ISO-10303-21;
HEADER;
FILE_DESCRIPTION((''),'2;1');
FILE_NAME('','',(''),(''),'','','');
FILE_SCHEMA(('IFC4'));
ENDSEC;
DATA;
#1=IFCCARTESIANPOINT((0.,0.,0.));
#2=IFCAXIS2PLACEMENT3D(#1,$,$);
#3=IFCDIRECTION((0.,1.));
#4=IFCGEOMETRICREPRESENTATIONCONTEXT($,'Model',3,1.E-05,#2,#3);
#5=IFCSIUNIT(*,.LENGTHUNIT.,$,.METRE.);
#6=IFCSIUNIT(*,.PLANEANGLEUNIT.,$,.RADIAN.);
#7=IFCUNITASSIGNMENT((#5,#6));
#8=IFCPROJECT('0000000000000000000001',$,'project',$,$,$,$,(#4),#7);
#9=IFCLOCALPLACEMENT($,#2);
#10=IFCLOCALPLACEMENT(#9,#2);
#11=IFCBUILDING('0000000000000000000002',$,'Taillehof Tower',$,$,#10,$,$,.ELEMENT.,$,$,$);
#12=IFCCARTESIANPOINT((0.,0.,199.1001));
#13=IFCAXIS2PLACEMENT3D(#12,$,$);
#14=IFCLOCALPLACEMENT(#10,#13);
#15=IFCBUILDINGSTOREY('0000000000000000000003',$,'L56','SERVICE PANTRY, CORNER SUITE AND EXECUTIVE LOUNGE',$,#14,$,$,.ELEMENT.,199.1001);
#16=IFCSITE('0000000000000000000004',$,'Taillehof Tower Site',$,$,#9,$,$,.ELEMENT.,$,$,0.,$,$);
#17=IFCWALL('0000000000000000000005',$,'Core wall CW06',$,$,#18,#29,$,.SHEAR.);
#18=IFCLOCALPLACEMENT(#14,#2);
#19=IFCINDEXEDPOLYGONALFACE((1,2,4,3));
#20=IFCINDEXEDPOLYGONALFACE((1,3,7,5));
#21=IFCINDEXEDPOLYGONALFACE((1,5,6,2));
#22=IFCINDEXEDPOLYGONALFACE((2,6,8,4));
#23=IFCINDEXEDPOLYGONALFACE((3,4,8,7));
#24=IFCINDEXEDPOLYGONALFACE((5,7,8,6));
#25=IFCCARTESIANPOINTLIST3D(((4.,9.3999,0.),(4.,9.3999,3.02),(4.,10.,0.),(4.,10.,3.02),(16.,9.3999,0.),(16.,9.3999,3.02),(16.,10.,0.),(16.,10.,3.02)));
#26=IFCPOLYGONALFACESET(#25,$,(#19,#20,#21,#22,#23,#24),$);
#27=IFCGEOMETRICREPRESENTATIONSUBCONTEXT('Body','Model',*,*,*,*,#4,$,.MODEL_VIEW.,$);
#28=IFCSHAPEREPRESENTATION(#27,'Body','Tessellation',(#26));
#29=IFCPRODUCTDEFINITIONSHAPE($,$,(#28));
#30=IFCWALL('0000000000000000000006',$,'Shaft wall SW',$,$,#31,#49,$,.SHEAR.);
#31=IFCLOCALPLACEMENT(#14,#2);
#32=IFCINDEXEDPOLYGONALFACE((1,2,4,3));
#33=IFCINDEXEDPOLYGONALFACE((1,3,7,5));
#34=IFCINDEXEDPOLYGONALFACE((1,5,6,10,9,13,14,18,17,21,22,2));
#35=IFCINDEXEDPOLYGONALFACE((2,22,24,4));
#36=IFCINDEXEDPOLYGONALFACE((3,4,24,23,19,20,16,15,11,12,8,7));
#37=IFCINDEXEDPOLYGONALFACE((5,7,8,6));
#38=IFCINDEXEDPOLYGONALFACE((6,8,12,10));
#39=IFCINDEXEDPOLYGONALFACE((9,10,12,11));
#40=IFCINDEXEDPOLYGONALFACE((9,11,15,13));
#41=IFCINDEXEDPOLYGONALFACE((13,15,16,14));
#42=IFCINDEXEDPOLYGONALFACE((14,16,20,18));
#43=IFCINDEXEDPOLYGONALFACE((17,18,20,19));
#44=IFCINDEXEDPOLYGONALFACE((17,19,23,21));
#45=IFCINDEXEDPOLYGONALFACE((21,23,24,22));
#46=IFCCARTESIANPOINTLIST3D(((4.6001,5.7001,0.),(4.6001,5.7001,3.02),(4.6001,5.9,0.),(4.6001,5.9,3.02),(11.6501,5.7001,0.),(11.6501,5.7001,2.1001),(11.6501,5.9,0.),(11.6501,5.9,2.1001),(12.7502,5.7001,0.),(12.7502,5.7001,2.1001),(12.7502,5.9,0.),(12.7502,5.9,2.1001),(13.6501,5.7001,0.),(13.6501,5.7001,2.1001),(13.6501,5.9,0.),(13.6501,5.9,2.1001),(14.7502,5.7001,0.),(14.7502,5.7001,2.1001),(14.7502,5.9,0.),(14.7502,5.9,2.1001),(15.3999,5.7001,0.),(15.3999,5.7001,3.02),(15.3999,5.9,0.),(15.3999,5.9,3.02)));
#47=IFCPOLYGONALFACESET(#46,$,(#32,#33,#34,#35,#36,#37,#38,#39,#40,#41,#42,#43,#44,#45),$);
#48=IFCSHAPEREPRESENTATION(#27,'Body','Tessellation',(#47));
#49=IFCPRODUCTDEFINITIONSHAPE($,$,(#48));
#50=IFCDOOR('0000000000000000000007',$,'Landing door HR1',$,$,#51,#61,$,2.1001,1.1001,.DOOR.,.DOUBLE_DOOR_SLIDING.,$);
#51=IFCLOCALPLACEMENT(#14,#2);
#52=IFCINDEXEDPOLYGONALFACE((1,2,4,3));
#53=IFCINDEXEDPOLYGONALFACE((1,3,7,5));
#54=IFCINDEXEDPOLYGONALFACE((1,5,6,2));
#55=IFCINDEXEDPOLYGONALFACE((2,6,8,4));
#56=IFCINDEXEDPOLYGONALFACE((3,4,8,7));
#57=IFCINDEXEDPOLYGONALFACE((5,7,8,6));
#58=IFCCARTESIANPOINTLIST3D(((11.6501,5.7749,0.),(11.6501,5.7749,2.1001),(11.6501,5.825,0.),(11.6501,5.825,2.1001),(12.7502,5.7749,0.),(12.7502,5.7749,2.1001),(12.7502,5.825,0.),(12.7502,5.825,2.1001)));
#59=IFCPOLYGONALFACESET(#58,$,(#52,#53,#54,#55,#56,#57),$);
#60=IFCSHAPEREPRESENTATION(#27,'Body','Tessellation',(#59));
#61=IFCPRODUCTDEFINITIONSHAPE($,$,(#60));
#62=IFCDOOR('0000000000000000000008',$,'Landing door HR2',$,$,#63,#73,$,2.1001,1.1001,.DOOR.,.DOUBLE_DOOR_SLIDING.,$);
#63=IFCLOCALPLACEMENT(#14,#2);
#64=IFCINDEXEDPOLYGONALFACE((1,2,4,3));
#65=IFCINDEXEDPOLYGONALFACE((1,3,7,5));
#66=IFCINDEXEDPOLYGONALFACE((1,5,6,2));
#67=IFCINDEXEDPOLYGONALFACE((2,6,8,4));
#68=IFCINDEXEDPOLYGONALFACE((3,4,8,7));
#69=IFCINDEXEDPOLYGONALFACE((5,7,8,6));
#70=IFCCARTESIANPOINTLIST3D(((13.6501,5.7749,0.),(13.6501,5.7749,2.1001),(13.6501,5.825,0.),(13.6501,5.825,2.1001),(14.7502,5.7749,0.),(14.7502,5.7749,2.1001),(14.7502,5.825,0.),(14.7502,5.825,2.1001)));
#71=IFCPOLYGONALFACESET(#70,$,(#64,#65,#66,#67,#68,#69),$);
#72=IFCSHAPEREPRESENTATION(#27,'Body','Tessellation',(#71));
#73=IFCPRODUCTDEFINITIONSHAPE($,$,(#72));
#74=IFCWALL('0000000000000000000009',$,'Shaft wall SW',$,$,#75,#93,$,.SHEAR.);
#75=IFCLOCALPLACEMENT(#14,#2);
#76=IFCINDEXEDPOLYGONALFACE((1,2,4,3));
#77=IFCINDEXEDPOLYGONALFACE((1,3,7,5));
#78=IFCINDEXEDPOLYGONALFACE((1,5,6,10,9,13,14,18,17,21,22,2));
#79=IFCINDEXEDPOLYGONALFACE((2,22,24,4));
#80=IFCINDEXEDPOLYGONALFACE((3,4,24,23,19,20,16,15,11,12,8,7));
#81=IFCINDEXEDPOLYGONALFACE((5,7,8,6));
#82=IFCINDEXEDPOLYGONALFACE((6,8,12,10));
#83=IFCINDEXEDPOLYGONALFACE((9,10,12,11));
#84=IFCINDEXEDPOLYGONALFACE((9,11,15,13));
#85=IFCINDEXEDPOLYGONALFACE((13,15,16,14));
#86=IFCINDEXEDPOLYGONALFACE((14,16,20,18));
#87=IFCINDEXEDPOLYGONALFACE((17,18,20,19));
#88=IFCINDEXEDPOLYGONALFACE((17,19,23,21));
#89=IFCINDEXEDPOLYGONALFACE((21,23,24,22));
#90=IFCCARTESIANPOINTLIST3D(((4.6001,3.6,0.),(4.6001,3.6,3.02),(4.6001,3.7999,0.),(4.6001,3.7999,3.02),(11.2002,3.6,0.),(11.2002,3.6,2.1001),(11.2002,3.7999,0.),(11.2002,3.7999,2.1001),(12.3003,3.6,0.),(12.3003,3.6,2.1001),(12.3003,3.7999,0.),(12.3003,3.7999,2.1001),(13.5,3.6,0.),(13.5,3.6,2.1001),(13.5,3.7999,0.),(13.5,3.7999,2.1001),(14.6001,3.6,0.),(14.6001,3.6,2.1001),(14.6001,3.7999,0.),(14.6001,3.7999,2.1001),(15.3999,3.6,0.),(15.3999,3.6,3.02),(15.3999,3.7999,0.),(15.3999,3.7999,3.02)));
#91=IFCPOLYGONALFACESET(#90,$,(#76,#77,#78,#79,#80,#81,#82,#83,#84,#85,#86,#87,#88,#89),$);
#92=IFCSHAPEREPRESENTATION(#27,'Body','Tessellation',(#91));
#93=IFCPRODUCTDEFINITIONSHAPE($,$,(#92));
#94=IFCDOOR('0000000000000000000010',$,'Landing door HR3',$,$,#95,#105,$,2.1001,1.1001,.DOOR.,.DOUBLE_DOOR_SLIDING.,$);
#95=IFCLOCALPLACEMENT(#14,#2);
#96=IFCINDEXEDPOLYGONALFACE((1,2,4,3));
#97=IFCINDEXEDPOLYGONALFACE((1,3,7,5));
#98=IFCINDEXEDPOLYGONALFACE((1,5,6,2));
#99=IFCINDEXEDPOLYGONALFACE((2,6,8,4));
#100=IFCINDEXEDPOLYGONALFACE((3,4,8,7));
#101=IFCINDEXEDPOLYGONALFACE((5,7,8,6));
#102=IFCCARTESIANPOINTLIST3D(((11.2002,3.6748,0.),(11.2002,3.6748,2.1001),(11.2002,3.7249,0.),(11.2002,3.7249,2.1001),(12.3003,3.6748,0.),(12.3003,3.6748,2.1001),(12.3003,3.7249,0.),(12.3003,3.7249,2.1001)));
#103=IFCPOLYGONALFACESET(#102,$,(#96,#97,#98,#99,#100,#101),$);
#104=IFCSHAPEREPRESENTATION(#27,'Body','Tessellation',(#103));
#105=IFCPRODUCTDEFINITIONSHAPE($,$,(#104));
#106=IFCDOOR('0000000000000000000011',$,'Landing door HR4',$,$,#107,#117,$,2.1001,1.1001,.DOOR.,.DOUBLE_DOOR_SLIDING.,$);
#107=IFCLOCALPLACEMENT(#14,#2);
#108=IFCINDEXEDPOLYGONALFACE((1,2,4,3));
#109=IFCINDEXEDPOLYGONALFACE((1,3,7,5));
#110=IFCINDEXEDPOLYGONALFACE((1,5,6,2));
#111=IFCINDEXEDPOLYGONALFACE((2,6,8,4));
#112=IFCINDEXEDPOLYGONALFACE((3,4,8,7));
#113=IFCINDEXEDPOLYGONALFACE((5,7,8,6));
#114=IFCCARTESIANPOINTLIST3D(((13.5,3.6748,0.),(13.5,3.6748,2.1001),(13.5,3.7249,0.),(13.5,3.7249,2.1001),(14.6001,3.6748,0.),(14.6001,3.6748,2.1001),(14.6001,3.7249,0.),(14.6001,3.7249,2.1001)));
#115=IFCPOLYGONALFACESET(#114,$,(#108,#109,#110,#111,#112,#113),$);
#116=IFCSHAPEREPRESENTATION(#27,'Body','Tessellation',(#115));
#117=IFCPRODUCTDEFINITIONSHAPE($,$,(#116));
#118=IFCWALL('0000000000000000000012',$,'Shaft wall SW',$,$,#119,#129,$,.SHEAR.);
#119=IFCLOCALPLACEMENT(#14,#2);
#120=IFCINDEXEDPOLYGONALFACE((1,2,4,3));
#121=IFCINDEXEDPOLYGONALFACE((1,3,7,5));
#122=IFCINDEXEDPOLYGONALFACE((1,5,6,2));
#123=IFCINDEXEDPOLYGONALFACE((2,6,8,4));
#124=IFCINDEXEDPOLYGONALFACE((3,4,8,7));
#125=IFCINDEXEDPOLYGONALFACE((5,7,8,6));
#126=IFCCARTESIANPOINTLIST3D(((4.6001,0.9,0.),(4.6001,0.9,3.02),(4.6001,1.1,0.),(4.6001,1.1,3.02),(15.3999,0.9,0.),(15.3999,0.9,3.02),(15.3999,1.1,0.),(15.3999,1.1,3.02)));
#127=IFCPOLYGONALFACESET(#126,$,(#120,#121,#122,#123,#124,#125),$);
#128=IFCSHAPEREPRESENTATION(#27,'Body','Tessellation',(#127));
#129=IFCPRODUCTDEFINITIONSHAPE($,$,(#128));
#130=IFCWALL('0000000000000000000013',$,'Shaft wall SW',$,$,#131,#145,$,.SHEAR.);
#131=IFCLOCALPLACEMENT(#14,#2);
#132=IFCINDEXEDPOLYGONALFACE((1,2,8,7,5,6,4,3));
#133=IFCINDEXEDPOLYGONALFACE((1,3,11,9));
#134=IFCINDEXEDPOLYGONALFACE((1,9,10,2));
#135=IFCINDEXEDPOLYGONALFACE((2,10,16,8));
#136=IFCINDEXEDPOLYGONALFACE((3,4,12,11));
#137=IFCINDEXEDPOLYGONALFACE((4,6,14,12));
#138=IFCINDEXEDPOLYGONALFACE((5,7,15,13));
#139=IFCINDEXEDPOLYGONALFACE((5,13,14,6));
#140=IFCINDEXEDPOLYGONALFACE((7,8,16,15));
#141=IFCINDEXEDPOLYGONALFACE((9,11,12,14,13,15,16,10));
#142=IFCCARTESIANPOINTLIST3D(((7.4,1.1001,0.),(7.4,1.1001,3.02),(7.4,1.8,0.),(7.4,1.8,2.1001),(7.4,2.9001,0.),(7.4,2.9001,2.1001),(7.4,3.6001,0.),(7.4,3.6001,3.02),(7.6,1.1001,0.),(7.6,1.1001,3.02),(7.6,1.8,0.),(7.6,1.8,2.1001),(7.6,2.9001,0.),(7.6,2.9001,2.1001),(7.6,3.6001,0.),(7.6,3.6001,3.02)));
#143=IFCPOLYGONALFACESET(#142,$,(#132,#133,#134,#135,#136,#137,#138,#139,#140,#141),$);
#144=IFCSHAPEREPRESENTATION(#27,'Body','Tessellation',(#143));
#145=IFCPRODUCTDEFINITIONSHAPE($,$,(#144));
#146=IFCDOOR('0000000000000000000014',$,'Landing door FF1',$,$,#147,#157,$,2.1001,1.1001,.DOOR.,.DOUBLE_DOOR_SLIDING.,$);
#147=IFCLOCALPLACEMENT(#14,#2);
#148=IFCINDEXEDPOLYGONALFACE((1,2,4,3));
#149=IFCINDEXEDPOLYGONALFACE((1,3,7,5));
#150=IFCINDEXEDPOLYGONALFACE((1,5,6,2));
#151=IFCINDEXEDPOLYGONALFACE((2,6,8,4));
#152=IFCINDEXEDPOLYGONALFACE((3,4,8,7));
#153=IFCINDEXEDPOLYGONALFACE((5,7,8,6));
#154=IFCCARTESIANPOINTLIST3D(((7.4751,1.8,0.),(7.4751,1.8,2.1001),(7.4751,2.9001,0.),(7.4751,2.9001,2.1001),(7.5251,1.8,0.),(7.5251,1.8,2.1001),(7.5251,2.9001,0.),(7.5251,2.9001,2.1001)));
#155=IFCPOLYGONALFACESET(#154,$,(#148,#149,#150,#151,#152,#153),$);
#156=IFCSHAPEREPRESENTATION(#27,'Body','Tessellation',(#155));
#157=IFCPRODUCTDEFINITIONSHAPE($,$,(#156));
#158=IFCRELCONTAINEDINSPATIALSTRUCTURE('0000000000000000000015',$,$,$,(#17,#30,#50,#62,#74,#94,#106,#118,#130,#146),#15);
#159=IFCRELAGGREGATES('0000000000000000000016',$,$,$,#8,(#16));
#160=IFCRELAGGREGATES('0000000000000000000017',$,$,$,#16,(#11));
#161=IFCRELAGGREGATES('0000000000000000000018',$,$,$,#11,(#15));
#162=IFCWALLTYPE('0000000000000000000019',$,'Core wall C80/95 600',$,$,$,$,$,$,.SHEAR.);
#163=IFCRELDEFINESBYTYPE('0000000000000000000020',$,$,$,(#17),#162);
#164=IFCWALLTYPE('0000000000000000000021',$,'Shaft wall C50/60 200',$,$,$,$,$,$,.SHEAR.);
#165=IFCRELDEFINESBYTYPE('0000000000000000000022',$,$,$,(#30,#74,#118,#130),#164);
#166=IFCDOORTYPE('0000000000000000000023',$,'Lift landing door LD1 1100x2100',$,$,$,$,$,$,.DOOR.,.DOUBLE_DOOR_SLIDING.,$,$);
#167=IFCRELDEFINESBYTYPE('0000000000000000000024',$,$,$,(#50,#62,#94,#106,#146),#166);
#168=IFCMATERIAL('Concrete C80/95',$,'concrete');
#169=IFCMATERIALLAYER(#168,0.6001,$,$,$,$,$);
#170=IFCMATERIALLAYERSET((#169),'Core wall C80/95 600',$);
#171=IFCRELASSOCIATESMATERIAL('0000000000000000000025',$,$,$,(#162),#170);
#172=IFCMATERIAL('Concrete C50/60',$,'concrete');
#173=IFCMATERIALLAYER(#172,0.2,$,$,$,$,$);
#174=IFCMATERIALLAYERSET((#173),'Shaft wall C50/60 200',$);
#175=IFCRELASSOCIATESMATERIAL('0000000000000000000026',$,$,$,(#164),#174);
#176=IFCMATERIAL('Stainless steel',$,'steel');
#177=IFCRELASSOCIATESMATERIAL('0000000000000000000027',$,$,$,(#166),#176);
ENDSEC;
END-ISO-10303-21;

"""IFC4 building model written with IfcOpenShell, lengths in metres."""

from ifc_helpers import new_model, si_unit, direction, frame, frame_2d, origin, place, context, subcontext, project, spatial, rectangle, extrude, material, layer, layer_set, type_object, element, fill, save


model = new_model("IFC4")

# Units and contexts
model_context = context("Model", 3, precision=1e-05, world=origin(), true_north=direction((0.0, 1.0)))
body_context = subcontext(model_context, "Body", "Model", "MODEL_VIEW")
ifc_project = project(units=[si_unit("LENGTHUNIT", "METRE"), si_unit("PLANEANGLEUNIT", "RADIAN")], contexts=[model_context])

# Site, building, storey
site_placement = place(None, origin())
site = spatial("IfcSite", under=ifc_project, at=site_placement, Name="Taillehof Tower Site", CompositionType="ELEMENT", RefElevation=0.0)
building_placement = place(site_placement, origin())
building = spatial("IfcBuilding", under=site, at=building_placement, Name="Taillehof Tower", CompositionType="ELEMENT")
storey_placement = place(building_placement, frame((0.0, 0.0, 199.1001)))
storey = spatial("IfcBuildingStorey", under=building, at=storey_placement, Name="L56", Description="SERVICE PANTRY, CORNER SUITE AND EXECUTIVE LOUNGE", CompositionType="ELEMENT", Elevation=199.1001)

# Wall
ifc_material_1 = material(Name="Concrete C80/95", Category="concrete")
ifc_layer_1 = layer(ifc_material_1, 0.6001)
ifc_layer_set_1 = layer_set([ifc_layer_1], Name="Core wall C80/95 600")
wall_type_1 = type_object("IfcWallType", Name="Core wall C80/95 600", PredefinedType="SHEAR", material=ifc_layer_set_1)
wall_1_placement = place(storey_placement, frame((4.0, 9.7, 0.0), z_axis=(0.0, 0.0, 1.0), x_axis=(1.0, 0.0, 0.0)))
element("IfcWall", 1, at=wall_1_placement, inside=storey, type_object=wall_type_1, Name="Core wall CW06", PredefinedType="SHEAR", context=body_context, shape_type="SweptSolid", body=[
    extrude(rectangle(XDim=12.0, YDim=0.6001, at=frame_2d((6.0, 0.0))), origin(), (0.0, 0.0, 1.0), 3.02),
])

# Walls, openings, doors
ifc_material_2 = material(Name="Concrete C50/60", Category="concrete")
ifc_layer_2 = layer(ifc_material_2, 0.2)
ifc_layer_set_2 = layer_set([ifc_layer_2], Name="Shaft wall C50/60 200")
wall_type_2 = type_object("IfcWallType", Name="Shaft wall C50/60 200", PredefinedType="SHEAR", material=ifc_layer_set_2)
wall_2_placement = place(storey_placement, frame((4.6001, 5.8, 0.0), z_axis=(0.0, 0.0, 1.0), x_axis=(1.0, 0.0, 0.0)))
wall_2 = element("IfcWall", 2, at=wall_2_placement, inside=storey, type_object=wall_type_2, Name="Shaft wall SW", PredefinedType="SHEAR", context=body_context, shape_type="SweptSolid", body=[
    extrude(rectangle(XDim=10.7998, YDim=0.2, at=frame_2d((5.3999, 0.0))), origin(), (0.0, 0.0, 1.0), 3.02),
])
opening_1_placement = place(wall_2_placement, frame((7.05, 0.0, 0.0)))
opening_1 = element("IfcOpeningElement", 3, at=opening_1_placement, cuts=wall_2, PredefinedType="OPENING", context=body_context, shape_type="SweptSolid", body=[
    extrude(rectangle(XDim=1.1001, YDim=2.1001, at=frame_2d((0.55, 1.05))), frame((0.0, 0.1099, 0.0), z_axis=(0.0, -1.0, 0.0), x_axis=(1.0, 0.0, 0.0)), (0.0, 0.0, 1.0), 0.22),
])
opening_2_placement = place(wall_2_placement, frame((9.05, 0.0, 0.0)))
opening_2 = element("IfcOpeningElement", 4, at=opening_2_placement, cuts=wall_2, PredefinedType="OPENING", context=body_context, shape_type="SweptSolid", body=[
    extrude(rectangle(XDim=1.1001, YDim=2.1001, at=frame_2d((0.55, 1.05))), frame((0.0, 0.1099, 0.0), z_axis=(0.0, -1.0, 0.0), x_axis=(1.0, 0.0, 0.0)), (0.0, 0.0, 1.0), 0.22),
])
ifc_material_3 = material(Name="Stainless steel", Category="steel")
door_type_1 = type_object("IfcDoorType", Name="Lift landing door LD1 1100x2100", OperationType="DOUBLE_DOOR_SLIDING", PredefinedType="DOOR", material=ifc_material_3)
door_1_placement = place(opening_1_placement, origin())
door_1 = element("IfcDoor", 5, at=door_1_placement, inside=storey, type_object=door_type_1, Name="Landing door HR1", OperationType="DOUBLE_DOOR_SLIDING", OverallHeight=2.1001, OverallWidth=1.1001, PredefinedType="DOOR", context=body_context, shape_type="SweptSolid", body=[
    extrude(rectangle(XDim=1.1001, YDim=2.1001, at=frame_2d((0.55, 1.05))), frame((0.0, 0.0249, 0.0), z_axis=(0.0, -1.0, 0.0), x_axis=(1.0, 0.0, 0.0)), (0.0, 0.0, 1.0), 0.05),
])
fill(opening_1, door_1)
door_2_placement = place(opening_2_placement, origin())
door_2 = element("IfcDoor", 6, at=door_2_placement, inside=storey, type_object=door_type_1, Name="Landing door HR2", OperationType="DOUBLE_DOOR_SLIDING", OverallHeight=2.1001, OverallWidth=1.1001, PredefinedType="DOOR", context=body_context, shape_type="SweptSolid", body=[
    extrude(rectangle(XDim=1.1001, YDim=2.1001, at=frame_2d((0.55, 1.05))), frame((0.0, 0.0249, 0.0), z_axis=(0.0, -1.0, 0.0), x_axis=(1.0, 0.0, 0.0)), (0.0, 0.0, 1.0), 0.05),
])
fill(opening_2, door_2)
wall_3_placement = place(storey_placement, frame((4.6001, 3.7, 0.0), z_axis=(0.0, 0.0, 1.0), x_axis=(1.0, 0.0, 0.0)))
wall_3 = element("IfcWall", 7, at=wall_3_placement, inside=storey, type_object=wall_type_2, Name="Shaft wall SW", PredefinedType="SHEAR", context=body_context, shape_type="SweptSolid", body=[
    extrude(rectangle(XDim=10.7998, YDim=0.2, at=frame_2d((5.3999, 0.0))), origin(), (0.0, 0.0, 1.0), 3.02),
])
opening_3_placement = place(wall_3_placement, frame((6.6001, 0.0, 0.0)))
opening_3 = element("IfcOpeningElement", 8, at=opening_3_placement, cuts=wall_3, PredefinedType="OPENING", context=body_context, shape_type="SweptSolid", body=[
    extrude(rectangle(XDim=1.1001, YDim=2.1001, at=frame_2d((0.55, 1.05))), frame((0.0, 0.1099, 0.0), z_axis=(0.0, -1.0, 0.0), x_axis=(1.0, 0.0, 0.0)), (0.0, 0.0, 1.0), 0.22),
])
opening_4_placement = place(wall_3_placement, frame((8.8999, 0.0, 0.0)))
opening_4 = element("IfcOpeningElement", 9, at=opening_4_placement, cuts=wall_3, PredefinedType="OPENING", context=body_context, shape_type="SweptSolid", body=[
    extrude(rectangle(XDim=1.1001, YDim=2.1001, at=frame_2d((0.55, 1.05))), frame((0.0, 0.1099, 0.0), z_axis=(0.0, -1.0, 0.0), x_axis=(1.0, 0.0, 0.0)), (0.0, 0.0, 1.0), 0.22),
])
door_3_placement = place(opening_3_placement, origin())
door_3 = element("IfcDoor", 10, at=door_3_placement, inside=storey, type_object=door_type_1, Name="Landing door HR3", OperationType="DOUBLE_DOOR_SLIDING", OverallHeight=2.1001, OverallWidth=1.1001, PredefinedType="DOOR", context=body_context, shape_type="SweptSolid", body=[
    extrude(rectangle(XDim=1.1001, YDim=2.1001, at=frame_2d((0.55, 1.05))), frame((0.0, 0.0249, 0.0), z_axis=(0.0, -1.0, 0.0), x_axis=(1.0, 0.0, 0.0)), (0.0, 0.0, 1.0), 0.05),
])
fill(opening_3, door_3)
door_4_placement = place(opening_4_placement, origin())
door_4 = element("IfcDoor", 11, at=door_4_placement, inside=storey, type_object=door_type_1, Name="Landing door HR4", OperationType="DOUBLE_DOOR_SLIDING", OverallHeight=2.1001, OverallWidth=1.1001, PredefinedType="DOOR", context=body_context, shape_type="SweptSolid", body=[
    extrude(rectangle(XDim=1.1001, YDim=2.1001, at=frame_2d((0.55, 1.05))), frame((0.0, 0.0249, 0.0), z_axis=(0.0, -1.0, 0.0), x_axis=(1.0, 0.0, 0.0)), (0.0, 0.0, 1.0), 0.05),
])
fill(opening_4, door_4)

# Wall
wall_4_placement = place(storey_placement, frame((4.6001, 1.0, 0.0), z_axis=(0.0, 0.0, 1.0), x_axis=(1.0, 0.0, 0.0)))
element("IfcWall", 12, at=wall_4_placement, inside=storey, type_object=wall_type_2, Name="Shaft wall SW", PredefinedType="SHEAR", context=body_context, shape_type="SweptSolid", body=[
    extrude(rectangle(XDim=10.7998, YDim=0.2, at=frame_2d((5.3999, 0.0))), origin(), (0.0, 0.0, 1.0), 3.02),
])

# Wall, opening, door
wall_5_placement = place(storey_placement, frame((7.5, 1.1001, 0.0), z_axis=(0.0, 0.0, 1.0), x_axis=(0.0, 1.0, 0.0)))
wall_5 = element("IfcWall", 13, at=wall_5_placement, inside=storey, type_object=wall_type_2, Name="Shaft wall SW", PredefinedType="SHEAR", context=body_context, shape_type="SweptSolid", body=[
    extrude(rectangle(XDim=2.5, YDim=0.2, at=frame_2d((1.25, 0.0))), origin(), (0.0, 0.0, 1.0), 3.02),
])
opening_5_placement = place(wall_5_placement, frame((0.7, 0.0, 0.0)))
opening_5 = element("IfcOpeningElement", 14, at=opening_5_placement, cuts=wall_5, PredefinedType="OPENING", context=body_context, shape_type="SweptSolid", body=[
    extrude(rectangle(XDim=1.1001, YDim=2.1001, at=frame_2d((0.55, 1.05))), frame((0.0, 0.1099, 0.0), z_axis=(0.0, -1.0, 0.0), x_axis=(1.0, 0.0, 0.0)), (0.0, 0.0, 1.0), 0.22),
])
door_5_placement = place(opening_5_placement, origin())
door_5 = element("IfcDoor", 15, at=door_5_placement, inside=storey, type_object=door_type_1, Name="Landing door FF1", OperationType="DOUBLE_DOOR_SLIDING", OverallHeight=2.1001, OverallWidth=1.1001, PredefinedType="DOOR", context=body_context, shape_type="SweptSolid", body=[
    extrude(rectangle(XDim=1.1001, YDim=2.1001, at=frame_2d((0.55, 1.05))), frame((0.0, 0.0249, 0.0), z_axis=(0.0, -1.0, 0.0), x_axis=(1.0, 0.0, 0.0)), (0.0, 0.0, 1.0), 0.05),
])
fill(opening_5, door_5)

save(model, "model.ifc")
